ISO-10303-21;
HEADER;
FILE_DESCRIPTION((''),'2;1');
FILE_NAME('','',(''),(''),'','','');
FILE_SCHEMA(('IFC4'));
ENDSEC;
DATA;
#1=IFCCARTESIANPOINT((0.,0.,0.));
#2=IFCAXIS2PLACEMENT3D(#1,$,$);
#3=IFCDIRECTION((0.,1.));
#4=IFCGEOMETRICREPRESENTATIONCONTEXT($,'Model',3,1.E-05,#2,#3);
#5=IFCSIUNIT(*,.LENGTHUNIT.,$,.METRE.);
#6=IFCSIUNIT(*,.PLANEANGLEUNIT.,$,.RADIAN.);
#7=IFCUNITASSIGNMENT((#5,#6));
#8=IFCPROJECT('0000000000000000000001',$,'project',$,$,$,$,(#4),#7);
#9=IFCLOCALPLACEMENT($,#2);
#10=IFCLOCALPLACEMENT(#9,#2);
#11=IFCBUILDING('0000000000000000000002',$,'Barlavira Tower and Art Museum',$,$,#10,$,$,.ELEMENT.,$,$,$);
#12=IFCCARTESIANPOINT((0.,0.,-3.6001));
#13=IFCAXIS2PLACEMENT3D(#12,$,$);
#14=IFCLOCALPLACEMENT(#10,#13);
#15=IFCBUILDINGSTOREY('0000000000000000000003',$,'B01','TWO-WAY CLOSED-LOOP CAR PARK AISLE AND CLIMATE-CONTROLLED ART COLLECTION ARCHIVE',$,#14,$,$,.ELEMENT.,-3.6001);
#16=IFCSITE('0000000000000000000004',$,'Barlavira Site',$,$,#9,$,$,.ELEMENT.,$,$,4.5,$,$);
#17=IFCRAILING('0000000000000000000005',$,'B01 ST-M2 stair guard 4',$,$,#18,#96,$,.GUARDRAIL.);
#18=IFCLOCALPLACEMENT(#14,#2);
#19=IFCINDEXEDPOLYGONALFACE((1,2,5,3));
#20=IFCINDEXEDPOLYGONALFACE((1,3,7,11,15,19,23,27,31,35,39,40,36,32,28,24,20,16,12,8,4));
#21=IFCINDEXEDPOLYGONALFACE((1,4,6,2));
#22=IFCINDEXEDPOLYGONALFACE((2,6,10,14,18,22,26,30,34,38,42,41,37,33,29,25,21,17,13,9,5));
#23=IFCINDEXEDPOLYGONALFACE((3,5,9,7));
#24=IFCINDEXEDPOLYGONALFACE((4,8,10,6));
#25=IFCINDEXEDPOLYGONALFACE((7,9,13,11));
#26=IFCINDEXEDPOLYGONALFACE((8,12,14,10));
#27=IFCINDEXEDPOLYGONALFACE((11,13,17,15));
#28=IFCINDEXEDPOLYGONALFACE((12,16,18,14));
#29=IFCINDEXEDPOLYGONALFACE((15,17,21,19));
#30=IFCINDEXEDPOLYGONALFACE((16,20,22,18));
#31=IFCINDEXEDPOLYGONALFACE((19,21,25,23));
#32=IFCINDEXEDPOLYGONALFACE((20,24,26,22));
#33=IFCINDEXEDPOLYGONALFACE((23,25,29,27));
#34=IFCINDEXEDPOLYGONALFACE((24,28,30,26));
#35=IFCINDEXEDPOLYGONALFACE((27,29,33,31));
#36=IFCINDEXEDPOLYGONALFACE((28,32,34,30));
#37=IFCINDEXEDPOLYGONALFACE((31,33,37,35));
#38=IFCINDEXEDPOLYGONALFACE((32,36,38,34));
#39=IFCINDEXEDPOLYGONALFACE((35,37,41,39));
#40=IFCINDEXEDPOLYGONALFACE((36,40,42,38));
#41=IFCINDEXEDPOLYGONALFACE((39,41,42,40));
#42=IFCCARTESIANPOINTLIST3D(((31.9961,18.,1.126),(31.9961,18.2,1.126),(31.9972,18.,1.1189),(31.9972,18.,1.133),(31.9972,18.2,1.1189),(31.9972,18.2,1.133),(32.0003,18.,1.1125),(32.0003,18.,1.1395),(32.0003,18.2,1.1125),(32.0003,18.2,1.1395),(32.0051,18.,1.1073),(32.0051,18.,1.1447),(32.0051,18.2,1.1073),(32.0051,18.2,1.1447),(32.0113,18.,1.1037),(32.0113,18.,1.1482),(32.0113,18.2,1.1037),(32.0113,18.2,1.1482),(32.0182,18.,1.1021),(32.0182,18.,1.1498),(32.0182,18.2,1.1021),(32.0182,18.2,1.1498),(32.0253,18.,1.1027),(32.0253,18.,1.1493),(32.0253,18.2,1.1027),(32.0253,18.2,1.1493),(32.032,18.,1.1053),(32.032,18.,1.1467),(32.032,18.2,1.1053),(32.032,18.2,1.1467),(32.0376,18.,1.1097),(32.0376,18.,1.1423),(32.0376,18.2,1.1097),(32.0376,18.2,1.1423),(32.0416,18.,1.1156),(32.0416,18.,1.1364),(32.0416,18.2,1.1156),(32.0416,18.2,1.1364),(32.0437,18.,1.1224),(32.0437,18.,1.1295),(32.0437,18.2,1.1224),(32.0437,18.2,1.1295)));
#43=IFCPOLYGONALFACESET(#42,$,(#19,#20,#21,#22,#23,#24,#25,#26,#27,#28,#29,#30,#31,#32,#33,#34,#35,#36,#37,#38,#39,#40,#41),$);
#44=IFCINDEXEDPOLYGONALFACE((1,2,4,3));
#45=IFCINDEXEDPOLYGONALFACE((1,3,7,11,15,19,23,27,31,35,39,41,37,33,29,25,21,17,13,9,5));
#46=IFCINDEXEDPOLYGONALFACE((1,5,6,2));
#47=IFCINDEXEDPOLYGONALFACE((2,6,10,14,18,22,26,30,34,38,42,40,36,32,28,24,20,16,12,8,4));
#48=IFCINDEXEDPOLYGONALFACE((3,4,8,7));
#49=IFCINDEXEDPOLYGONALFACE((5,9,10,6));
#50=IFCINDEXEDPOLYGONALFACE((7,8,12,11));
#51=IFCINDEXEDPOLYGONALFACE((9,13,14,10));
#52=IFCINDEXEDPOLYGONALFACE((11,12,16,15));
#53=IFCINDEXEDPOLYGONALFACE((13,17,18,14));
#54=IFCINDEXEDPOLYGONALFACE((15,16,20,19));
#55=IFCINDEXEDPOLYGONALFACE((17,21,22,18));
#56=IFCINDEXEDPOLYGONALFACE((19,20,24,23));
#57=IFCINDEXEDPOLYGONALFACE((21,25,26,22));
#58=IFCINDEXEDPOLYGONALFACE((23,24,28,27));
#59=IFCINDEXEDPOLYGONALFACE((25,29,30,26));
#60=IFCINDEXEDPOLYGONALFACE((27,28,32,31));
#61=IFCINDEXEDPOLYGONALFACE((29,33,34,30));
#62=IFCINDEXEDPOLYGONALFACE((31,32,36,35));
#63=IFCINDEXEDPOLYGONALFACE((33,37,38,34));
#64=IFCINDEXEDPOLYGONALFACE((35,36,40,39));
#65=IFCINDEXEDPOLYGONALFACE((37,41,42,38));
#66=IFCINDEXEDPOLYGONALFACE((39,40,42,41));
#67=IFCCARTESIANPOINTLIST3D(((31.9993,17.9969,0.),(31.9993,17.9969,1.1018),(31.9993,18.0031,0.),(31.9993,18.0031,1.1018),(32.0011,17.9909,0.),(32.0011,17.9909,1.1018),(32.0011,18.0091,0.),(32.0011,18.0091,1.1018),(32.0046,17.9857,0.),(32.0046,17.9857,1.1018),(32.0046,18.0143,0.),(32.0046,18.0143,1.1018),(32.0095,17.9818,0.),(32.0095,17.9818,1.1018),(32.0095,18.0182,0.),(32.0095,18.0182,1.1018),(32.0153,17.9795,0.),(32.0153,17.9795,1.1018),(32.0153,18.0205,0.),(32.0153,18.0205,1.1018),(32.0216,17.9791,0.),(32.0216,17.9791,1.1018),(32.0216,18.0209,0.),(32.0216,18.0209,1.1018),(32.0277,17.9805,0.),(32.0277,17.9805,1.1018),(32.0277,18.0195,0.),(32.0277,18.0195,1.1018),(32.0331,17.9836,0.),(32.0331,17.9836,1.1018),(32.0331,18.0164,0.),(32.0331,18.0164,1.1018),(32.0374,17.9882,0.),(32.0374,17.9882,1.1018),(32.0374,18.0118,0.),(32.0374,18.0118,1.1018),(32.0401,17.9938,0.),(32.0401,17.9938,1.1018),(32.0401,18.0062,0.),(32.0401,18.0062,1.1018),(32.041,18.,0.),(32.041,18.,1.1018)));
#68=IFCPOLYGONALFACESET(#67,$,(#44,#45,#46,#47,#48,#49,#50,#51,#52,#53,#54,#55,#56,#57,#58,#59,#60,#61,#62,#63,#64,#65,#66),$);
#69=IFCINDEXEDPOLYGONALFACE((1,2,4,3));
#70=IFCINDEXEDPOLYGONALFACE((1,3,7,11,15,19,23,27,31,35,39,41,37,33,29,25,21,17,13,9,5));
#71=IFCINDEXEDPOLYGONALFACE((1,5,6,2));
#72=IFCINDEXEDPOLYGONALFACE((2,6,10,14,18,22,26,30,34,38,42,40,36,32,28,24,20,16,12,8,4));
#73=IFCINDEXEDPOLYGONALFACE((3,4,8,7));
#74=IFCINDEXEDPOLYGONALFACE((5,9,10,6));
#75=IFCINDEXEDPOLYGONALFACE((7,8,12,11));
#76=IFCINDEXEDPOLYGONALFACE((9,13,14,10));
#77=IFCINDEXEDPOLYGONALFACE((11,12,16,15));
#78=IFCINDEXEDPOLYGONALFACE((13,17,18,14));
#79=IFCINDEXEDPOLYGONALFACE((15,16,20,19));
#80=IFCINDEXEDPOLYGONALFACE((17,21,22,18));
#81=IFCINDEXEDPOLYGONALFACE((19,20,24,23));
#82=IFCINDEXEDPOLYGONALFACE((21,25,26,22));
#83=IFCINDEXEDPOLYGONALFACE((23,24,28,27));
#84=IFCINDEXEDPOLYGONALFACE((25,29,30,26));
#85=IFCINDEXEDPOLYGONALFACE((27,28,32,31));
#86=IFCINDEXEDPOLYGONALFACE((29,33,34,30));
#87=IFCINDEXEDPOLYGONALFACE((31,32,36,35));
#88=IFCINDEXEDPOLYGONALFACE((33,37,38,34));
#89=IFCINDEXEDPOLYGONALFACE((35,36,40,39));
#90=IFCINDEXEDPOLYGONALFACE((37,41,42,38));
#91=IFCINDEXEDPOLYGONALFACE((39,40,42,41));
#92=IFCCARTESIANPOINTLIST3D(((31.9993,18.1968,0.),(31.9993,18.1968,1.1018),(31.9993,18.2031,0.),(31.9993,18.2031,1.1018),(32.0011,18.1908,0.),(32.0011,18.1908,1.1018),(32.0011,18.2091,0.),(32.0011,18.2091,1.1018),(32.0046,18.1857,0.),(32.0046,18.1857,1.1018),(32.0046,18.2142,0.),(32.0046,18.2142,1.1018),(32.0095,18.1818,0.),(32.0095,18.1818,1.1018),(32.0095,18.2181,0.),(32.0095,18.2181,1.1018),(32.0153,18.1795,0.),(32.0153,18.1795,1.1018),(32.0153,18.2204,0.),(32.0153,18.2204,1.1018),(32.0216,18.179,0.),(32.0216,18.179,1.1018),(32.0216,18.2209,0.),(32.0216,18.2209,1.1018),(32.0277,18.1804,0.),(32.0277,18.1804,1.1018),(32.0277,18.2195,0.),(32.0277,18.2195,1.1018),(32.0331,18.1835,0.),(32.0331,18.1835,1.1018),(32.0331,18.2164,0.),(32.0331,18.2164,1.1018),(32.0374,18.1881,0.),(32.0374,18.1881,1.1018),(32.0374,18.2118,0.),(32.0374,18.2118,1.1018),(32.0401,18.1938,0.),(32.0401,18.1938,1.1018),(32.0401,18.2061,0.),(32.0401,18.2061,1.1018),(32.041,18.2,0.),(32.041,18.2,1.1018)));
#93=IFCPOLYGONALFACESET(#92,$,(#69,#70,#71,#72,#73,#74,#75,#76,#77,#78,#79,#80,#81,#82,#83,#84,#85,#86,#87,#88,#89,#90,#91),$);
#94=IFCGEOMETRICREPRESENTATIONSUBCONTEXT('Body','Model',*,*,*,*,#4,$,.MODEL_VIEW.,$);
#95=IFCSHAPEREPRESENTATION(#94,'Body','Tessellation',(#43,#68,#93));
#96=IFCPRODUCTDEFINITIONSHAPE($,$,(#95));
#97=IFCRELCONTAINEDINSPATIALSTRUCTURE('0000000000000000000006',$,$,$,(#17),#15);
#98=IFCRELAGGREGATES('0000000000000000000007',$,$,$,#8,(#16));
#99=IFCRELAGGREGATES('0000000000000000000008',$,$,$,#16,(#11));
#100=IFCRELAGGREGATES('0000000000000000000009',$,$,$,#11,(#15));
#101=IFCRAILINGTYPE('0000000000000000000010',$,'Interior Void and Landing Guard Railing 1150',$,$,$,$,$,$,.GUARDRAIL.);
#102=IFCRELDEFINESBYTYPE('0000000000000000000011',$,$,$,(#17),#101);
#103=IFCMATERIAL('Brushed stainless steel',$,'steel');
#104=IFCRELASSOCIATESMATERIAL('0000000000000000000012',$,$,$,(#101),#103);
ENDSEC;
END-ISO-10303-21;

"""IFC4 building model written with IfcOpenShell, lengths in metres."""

from ifc_helpers import new_model, si_unit, direction, frame, origin, origin_2d, place, context, subcontext, project, spatial, circle, extrude, material, type_object, element, save


model = new_model("IFC4")

# Units and contexts
model_context = context("Model", 3, precision=1e-05, world=origin(), true_north=direction((0.0, 1.0)))
body_context = subcontext(model_context, "Body", "Model", "MODEL_VIEW")
ifc_project = project(units=[si_unit("LENGTHUNIT", "METRE"), si_unit("PLANEANGLEUNIT", "RADIAN")], contexts=[model_context])

# Site, building, storey
site_placement = place(None, origin())
site = spatial("IfcSite", under=ifc_project, at=site_placement, Name="Barlavira Site", CompositionType="ELEMENT", RefElevation=4.5)
building_placement = place(site_placement, origin())
building = spatial("IfcBuilding", under=site, at=building_placement, Name="Barlavira Tower and Art Museum", CompositionType="ELEMENT")
storey_placement = place(building_placement, frame((0.0, 0.0, -3.6001)))
storey = spatial("IfcBuildingStorey", under=building, at=storey_placement, Name="B01", Description="TWO-WAY CLOSED-LOOP CAR PARK AISLE AND CLIMATE-CONTROLLED ART COLLECTION ARCHIVE", CompositionType="ELEMENT", Elevation=-3.6001)

# Shared definitions
ifc_material_1 = material(Name="Brushed stainless steel", Category="steel")

# Railing
railing_type_1 = type_object("IfcRailingType", Name="Interior Void and Landing Guard Railing 1150", PredefinedType="GUARDRAIL", material=ifc_material_1)
railing_1_placement = place(storey_placement, frame((32.02, 18.0, 0.0)))
element("IfcRailing", 1, at=railing_1_placement, inside=storey, type_object=railing_type_1, Name="B01 ST-M2 stair guard 4", PredefinedType="GUARDRAIL", context=body_context, shape_type="SweptSolid", body=[
    extrude(circle(Radius=0.0239, at=origin_2d()), frame((0.0, 0.0, 1.126), z_axis=(0.0, 1.0, 0.0), x_axis=(-1.0, 0.0, 0.0)), (0.0, 0.0, 1.0), 0.2),
    extrude(circle(Radius=0.021, at=origin_2d()), origin(), (0.0, 0.0, 1.0), 1.1018),
    extrude(circle(Radius=0.021, at=origin_2d()), frame((0.0, 0.2, 0.0)), (0.0, 0.0, 1.0), 1.1018),
])

save(model, "model.ifc")
